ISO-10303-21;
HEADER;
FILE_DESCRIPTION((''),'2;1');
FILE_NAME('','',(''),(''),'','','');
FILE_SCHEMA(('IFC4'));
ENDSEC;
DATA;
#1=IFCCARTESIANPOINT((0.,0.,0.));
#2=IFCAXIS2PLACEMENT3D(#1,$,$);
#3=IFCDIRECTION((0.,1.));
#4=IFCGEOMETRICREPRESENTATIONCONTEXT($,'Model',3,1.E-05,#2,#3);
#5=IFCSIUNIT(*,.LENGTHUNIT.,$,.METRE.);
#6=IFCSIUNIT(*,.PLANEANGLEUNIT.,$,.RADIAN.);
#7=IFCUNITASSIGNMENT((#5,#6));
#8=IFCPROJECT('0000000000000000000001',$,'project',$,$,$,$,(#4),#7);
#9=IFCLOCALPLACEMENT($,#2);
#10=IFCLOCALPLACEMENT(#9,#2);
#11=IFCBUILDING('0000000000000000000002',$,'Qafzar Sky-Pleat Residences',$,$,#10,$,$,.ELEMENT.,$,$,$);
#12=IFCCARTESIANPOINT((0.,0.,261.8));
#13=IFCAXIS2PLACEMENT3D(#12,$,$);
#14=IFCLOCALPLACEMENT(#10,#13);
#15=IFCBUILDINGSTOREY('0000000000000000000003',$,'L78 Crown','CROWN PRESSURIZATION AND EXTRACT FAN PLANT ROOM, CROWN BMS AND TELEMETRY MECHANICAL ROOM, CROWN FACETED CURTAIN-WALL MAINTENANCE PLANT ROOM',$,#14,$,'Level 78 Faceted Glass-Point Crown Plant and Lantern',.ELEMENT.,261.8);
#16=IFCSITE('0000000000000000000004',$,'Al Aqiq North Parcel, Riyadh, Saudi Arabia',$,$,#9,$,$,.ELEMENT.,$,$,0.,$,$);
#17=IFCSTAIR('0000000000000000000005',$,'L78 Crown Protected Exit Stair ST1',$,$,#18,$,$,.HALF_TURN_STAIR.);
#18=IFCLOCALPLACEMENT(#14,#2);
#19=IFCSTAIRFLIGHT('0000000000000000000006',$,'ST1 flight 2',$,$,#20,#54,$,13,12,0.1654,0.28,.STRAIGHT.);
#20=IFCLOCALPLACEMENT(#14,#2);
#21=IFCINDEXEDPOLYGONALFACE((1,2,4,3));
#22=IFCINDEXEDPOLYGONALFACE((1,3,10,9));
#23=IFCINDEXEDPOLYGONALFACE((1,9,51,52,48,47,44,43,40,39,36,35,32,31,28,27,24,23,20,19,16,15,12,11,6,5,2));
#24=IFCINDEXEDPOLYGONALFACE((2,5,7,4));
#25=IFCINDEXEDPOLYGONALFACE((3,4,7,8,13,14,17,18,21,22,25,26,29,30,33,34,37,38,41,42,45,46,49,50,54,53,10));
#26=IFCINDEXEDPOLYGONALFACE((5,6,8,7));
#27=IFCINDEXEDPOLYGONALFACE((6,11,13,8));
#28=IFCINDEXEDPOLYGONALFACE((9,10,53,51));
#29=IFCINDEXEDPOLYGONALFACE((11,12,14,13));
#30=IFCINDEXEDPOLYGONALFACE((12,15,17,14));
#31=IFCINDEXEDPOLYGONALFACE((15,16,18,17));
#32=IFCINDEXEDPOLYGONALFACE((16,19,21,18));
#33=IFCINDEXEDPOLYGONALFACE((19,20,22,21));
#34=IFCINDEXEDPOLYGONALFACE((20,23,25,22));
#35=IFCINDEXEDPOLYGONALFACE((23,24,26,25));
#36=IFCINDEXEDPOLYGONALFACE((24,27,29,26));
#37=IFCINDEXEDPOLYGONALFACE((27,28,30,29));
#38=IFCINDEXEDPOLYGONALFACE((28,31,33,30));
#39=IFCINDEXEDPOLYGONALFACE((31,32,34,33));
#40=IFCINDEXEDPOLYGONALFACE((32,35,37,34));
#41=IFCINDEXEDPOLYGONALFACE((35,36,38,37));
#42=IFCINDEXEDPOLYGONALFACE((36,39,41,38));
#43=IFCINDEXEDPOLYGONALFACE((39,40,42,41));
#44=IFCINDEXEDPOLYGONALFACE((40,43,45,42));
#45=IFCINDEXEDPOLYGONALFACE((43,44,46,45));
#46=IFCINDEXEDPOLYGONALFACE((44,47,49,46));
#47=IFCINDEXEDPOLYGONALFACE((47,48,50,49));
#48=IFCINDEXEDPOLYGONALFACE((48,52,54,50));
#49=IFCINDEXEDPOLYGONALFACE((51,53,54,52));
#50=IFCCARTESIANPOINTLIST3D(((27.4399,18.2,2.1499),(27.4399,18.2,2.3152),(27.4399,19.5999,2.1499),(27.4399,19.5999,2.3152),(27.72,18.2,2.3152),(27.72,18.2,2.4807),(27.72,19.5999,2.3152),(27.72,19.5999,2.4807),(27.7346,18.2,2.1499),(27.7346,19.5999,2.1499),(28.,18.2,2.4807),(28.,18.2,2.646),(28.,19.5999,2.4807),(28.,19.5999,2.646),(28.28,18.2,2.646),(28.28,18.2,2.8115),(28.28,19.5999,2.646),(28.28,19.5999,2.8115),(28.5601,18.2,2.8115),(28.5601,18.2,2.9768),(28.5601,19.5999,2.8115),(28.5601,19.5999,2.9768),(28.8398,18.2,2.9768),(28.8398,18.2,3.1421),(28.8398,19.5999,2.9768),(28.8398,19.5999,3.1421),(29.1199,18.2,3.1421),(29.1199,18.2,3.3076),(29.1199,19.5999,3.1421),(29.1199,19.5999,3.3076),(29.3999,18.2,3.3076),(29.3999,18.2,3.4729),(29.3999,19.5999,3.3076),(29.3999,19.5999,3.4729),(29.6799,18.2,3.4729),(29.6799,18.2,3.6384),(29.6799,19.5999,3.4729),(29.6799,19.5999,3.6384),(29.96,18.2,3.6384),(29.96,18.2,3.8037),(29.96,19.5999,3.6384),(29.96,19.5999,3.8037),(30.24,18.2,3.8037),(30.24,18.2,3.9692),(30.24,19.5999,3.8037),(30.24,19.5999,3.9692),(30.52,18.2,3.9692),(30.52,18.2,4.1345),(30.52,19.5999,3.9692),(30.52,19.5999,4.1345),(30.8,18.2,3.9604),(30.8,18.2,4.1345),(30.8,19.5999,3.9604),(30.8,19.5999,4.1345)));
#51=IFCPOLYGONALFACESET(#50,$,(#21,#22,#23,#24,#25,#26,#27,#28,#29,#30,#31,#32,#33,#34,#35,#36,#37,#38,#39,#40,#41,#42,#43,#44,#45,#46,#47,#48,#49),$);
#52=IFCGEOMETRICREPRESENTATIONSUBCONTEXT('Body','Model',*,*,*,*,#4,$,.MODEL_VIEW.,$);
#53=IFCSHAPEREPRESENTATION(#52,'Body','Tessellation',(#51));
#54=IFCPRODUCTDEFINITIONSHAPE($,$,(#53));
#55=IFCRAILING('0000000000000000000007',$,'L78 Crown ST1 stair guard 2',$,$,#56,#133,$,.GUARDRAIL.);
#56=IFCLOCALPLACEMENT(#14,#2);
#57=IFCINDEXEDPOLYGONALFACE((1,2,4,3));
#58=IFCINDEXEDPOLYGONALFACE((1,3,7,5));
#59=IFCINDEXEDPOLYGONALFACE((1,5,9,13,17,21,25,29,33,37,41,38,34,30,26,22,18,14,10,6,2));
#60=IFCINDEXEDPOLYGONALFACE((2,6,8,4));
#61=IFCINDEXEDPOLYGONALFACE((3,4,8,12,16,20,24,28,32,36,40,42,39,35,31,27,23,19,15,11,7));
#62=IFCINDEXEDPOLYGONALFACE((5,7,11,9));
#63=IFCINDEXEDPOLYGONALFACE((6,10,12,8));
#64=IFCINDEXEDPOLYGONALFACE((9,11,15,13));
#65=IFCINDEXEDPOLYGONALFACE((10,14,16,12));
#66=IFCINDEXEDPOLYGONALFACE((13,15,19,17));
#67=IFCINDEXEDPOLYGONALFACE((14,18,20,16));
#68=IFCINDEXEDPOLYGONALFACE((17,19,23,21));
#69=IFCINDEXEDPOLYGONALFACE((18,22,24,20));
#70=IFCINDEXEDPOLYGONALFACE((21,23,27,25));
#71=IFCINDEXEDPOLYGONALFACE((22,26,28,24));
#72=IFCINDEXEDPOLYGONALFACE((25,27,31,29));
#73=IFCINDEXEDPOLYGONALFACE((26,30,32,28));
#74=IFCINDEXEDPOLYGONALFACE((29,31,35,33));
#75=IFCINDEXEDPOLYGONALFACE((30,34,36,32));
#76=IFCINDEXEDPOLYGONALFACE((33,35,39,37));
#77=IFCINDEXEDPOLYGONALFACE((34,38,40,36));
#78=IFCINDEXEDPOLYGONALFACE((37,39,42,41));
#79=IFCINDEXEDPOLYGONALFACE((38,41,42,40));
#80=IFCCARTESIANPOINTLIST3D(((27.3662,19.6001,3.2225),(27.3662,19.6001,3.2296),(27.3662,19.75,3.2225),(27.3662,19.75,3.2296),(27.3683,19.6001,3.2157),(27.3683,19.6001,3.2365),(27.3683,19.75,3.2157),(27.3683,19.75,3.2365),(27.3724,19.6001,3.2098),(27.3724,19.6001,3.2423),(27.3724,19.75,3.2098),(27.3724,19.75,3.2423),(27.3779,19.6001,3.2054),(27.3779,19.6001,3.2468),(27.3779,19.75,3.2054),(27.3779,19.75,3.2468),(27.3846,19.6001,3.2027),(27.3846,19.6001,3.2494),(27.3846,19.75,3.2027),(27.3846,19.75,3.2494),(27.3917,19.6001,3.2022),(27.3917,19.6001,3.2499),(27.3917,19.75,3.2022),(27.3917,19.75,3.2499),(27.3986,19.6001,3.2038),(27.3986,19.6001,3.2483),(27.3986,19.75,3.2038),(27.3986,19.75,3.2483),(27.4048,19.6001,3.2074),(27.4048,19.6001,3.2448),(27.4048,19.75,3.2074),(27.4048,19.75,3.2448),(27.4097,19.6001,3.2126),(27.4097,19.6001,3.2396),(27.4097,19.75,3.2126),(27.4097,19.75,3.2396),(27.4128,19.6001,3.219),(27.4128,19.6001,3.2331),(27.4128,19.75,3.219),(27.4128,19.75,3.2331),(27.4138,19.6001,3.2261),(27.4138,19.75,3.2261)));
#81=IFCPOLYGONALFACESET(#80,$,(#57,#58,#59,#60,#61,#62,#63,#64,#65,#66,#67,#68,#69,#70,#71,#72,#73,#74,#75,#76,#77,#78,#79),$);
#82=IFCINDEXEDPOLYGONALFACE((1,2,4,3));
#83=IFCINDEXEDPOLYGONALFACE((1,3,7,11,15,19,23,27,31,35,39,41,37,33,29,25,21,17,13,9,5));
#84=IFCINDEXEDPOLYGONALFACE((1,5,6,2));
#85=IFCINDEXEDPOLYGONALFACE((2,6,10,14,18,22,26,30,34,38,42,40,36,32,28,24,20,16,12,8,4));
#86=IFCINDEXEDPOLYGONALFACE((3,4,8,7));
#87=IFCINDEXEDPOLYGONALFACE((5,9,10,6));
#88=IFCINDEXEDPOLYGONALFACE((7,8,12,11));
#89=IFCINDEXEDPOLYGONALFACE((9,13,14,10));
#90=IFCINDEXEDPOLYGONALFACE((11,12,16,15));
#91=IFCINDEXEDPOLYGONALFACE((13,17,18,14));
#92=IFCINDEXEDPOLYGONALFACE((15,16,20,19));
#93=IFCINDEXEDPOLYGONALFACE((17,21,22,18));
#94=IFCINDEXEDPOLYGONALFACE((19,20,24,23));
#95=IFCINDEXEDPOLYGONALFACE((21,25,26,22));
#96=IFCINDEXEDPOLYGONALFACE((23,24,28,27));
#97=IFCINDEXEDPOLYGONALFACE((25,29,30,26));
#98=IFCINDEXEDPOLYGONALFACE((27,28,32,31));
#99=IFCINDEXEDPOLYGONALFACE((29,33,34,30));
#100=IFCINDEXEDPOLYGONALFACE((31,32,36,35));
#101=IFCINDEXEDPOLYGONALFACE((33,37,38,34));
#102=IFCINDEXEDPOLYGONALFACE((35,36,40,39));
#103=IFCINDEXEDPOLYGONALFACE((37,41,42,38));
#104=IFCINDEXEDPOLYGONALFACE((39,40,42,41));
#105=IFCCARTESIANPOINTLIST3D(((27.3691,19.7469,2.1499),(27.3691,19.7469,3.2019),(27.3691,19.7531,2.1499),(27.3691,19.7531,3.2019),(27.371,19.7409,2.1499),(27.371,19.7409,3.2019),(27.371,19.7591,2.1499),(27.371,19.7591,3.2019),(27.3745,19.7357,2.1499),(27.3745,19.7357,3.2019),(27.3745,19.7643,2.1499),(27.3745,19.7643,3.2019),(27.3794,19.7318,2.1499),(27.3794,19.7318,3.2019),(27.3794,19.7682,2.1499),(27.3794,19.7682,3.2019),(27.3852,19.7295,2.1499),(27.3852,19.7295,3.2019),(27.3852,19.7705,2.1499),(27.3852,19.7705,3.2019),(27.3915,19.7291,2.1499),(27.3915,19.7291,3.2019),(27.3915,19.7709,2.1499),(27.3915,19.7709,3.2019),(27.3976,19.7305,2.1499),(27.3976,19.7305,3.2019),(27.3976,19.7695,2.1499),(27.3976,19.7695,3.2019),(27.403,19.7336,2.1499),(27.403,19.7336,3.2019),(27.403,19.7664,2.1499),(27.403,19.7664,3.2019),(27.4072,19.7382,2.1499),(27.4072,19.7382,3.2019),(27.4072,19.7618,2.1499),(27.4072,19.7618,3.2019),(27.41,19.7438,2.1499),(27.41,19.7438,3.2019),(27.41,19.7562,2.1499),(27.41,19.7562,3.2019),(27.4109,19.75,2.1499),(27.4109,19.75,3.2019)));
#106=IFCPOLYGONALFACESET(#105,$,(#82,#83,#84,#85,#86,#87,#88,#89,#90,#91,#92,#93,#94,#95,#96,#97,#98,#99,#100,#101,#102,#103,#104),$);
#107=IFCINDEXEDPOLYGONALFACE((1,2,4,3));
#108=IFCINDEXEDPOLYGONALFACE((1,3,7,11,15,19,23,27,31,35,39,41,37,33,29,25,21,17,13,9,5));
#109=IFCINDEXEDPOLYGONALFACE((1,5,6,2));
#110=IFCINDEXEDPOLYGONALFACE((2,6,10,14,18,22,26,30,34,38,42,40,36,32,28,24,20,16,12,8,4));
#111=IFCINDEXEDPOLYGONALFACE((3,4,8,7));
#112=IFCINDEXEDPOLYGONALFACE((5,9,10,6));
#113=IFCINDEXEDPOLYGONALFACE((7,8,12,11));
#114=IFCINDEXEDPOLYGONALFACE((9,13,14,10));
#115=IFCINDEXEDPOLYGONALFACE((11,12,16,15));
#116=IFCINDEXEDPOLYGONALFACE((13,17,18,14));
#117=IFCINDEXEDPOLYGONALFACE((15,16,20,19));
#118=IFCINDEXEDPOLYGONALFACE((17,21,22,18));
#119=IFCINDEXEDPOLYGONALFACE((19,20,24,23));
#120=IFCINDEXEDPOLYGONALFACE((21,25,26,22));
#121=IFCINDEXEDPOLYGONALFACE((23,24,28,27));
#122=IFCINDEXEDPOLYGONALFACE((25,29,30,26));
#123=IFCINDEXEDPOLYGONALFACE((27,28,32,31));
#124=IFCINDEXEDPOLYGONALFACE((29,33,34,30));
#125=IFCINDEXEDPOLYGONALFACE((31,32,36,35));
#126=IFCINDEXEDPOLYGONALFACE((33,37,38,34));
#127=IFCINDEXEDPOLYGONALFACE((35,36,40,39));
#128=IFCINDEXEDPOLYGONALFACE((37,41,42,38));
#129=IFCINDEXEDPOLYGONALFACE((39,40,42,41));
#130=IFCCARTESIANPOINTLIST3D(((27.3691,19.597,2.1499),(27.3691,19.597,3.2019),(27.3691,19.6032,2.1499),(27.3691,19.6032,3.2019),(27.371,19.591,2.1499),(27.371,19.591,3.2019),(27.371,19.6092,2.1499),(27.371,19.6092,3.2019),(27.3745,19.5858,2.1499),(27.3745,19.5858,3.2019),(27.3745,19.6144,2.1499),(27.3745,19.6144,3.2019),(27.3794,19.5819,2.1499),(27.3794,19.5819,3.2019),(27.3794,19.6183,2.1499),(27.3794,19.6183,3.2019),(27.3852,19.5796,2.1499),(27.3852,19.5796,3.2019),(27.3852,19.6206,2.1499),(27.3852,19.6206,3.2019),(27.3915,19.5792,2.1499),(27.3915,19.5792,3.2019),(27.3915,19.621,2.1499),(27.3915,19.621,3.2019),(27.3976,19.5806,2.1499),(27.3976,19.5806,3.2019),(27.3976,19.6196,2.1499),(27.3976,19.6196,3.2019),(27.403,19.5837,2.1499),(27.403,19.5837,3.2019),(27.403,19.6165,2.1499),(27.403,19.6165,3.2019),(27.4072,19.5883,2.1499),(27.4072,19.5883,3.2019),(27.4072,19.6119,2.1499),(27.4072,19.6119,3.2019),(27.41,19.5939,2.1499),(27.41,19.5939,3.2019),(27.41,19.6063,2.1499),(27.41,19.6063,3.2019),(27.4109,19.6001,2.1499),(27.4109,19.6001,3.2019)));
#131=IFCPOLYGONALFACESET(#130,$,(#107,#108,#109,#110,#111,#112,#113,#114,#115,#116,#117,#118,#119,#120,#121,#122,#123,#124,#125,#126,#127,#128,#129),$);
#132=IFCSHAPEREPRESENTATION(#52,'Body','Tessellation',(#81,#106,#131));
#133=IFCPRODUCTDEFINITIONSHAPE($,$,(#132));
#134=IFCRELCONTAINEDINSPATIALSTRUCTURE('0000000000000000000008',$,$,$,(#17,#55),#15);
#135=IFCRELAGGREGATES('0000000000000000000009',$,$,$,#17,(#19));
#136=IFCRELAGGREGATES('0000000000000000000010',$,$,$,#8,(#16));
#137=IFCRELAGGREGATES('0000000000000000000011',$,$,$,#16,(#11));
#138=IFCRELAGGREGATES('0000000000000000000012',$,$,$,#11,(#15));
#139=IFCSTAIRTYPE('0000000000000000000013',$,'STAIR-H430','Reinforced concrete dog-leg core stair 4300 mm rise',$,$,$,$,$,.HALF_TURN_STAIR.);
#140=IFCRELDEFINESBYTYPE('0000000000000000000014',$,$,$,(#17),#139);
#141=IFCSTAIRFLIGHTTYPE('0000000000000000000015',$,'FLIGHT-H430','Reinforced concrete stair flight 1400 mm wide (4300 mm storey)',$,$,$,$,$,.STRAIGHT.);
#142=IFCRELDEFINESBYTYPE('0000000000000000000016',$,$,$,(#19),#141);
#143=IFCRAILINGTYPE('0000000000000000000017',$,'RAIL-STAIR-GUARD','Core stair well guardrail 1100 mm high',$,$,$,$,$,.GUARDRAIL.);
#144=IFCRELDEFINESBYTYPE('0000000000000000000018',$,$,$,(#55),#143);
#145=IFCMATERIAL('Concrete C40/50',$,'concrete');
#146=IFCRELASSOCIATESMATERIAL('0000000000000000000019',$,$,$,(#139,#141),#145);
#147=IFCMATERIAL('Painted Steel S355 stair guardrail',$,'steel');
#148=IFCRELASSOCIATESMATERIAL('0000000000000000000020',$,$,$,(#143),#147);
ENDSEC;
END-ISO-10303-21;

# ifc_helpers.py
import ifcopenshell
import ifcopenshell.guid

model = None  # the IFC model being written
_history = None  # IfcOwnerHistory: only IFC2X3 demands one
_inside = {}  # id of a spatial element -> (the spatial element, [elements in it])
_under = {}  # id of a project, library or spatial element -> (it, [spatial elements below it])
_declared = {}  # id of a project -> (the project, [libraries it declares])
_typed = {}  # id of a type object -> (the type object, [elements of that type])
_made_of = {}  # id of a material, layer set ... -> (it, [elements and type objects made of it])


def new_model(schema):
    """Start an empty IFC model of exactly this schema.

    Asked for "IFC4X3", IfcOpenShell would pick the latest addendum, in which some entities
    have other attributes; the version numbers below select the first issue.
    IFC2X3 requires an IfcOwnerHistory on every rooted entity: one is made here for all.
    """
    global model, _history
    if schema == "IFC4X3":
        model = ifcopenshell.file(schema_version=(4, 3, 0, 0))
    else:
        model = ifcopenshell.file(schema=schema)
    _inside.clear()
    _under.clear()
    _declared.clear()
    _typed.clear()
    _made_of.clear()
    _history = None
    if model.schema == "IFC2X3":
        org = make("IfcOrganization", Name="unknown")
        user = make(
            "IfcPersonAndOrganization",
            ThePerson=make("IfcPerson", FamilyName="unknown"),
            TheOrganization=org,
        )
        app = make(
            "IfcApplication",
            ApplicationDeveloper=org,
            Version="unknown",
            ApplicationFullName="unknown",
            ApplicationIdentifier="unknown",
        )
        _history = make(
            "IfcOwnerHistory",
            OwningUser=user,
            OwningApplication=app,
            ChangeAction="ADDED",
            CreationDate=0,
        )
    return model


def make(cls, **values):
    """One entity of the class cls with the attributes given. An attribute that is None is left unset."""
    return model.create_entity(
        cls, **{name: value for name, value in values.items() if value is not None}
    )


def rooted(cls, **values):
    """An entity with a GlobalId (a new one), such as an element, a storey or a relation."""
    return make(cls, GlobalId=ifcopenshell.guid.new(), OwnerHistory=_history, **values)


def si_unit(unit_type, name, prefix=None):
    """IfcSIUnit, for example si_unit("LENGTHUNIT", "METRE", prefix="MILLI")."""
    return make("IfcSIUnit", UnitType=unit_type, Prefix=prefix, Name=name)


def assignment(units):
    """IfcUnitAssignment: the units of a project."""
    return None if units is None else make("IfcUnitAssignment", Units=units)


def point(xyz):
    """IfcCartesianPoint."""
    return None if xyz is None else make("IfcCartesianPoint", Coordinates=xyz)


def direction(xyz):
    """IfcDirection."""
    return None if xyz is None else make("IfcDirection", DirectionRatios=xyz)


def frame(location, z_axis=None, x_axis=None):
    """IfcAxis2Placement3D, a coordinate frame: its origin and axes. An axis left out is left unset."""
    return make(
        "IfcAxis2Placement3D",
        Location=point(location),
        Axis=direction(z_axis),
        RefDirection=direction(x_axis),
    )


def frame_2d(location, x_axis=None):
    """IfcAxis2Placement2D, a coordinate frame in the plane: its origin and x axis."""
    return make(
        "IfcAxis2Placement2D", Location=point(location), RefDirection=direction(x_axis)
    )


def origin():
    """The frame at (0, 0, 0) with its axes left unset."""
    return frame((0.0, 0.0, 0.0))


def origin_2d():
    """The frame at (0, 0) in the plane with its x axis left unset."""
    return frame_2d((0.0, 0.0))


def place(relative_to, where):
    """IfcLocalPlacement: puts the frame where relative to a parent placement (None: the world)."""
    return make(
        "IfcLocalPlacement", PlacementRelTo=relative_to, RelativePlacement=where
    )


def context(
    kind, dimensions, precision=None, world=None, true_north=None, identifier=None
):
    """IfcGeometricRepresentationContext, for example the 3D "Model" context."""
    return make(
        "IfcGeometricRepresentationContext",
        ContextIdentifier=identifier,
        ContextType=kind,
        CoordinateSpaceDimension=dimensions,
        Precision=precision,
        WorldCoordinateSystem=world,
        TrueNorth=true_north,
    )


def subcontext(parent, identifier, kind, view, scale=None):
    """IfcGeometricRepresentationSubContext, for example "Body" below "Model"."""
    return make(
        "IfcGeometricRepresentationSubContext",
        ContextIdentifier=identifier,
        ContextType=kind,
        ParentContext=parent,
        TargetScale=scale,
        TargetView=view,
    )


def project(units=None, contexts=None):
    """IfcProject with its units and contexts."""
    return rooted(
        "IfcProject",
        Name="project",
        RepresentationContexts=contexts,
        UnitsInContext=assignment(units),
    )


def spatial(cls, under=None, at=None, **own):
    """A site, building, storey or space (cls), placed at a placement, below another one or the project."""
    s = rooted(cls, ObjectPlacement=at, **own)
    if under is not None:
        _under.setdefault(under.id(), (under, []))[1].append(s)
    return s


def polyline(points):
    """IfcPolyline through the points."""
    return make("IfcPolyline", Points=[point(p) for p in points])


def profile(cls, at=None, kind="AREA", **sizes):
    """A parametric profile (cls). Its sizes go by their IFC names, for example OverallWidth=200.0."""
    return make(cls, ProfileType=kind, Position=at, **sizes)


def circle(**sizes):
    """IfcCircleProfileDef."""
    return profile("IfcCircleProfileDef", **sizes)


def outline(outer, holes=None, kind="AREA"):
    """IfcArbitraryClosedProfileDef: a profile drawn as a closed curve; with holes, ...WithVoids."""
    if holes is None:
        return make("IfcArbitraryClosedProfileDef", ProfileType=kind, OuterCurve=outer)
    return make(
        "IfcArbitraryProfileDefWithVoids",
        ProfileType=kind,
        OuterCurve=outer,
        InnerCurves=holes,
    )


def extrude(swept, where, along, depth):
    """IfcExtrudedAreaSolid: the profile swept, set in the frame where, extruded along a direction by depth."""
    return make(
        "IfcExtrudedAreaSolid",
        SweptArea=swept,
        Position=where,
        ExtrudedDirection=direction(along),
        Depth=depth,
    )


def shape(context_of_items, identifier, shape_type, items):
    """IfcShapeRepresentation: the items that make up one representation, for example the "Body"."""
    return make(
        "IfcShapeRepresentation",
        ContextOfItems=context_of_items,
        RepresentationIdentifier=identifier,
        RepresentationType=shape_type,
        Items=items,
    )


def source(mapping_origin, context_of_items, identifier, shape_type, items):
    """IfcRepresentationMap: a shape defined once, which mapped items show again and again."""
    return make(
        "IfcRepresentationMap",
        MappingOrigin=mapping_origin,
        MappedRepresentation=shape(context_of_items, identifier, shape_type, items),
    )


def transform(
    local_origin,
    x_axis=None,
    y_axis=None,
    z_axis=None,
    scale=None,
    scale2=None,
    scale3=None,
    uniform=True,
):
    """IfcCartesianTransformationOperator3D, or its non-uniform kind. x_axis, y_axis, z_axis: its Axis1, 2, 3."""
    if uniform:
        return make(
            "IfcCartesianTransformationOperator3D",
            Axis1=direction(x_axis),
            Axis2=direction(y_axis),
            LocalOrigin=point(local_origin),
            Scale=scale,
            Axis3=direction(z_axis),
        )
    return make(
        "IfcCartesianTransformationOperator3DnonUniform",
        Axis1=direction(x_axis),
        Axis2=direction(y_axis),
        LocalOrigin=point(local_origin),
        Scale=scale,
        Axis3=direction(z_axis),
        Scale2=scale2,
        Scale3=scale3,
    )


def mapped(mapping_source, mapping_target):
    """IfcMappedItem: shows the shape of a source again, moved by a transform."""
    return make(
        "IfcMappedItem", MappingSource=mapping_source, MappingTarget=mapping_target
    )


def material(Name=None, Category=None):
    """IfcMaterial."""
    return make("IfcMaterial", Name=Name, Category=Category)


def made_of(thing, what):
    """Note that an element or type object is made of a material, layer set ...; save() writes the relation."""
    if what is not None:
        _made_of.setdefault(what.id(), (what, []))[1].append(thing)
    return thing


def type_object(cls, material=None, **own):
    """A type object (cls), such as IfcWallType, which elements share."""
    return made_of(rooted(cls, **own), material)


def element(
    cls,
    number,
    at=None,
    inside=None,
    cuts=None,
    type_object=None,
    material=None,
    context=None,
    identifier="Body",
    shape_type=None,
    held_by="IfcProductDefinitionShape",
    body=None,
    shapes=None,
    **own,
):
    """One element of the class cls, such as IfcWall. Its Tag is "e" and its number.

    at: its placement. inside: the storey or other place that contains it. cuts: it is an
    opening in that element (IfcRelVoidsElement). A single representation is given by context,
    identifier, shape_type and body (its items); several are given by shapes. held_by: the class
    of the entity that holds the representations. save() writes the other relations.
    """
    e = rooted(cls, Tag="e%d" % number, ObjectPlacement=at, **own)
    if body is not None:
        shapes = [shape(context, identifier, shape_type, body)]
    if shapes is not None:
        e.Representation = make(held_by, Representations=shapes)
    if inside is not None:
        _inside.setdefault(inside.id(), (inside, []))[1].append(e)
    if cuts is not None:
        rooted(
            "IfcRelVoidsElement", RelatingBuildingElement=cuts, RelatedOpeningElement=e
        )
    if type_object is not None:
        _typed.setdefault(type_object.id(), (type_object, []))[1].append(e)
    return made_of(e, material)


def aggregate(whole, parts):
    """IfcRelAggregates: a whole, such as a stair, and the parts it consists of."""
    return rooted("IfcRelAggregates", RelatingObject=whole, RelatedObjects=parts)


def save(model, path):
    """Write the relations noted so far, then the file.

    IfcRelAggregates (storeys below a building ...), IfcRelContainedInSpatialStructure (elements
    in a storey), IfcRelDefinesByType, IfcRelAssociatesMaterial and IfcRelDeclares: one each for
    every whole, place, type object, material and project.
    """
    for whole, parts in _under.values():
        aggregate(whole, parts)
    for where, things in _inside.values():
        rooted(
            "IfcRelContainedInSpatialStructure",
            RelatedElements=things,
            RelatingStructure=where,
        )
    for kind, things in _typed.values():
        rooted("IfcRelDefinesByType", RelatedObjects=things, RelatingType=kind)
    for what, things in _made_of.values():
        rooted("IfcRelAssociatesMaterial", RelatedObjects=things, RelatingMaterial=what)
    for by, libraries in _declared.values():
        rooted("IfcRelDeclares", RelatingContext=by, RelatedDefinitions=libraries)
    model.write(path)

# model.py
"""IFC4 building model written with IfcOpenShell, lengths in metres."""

from ifc_helpers import new_model, si_unit, direction, frame, origin, origin_2d, place, context, subcontext, project, spatial, polyline, circle, outline, extrude, source, transform, mapped, material, type_object, element, aggregate, save


model = new_model("IFC4")

# Units and contexts
model_context = context("Model", 3, precision=1e-05, world=origin(), true_north=direction((0.0, 1.0)))
body_context = subcontext(model_context, "Body", "Model", "MODEL_VIEW")
ifc_project = project(units=[si_unit("LENGTHUNIT", "METRE"), si_unit("PLANEANGLEUNIT", "RADIAN")], contexts=[model_context])

# Site, building, storey
site_placement = place(None, origin())
site = spatial("IfcSite", under=ifc_project, at=site_placement, Name="Al Aqiq North Parcel, Riyadh, Saudi Arabia", CompositionType="ELEMENT", RefElevation=0.0)
building_placement = place(site_placement, origin())
building = spatial("IfcBuilding", under=site, at=building_placement, Name="Qafzar Sky-Pleat Residences", CompositionType="ELEMENT")
storey_placement = place(building_placement, frame((0.0, 0.0, 261.8)))
storey = spatial("IfcBuildingStorey", under=building, at=storey_placement, Name="L78 Crown", Description="CROWN PRESSURIZATION AND EXTRACT FAN PLANT ROOM, CROWN BMS AND TELEMETRY MECHANICAL ROOM, CROWN FACETED CURTAIN-WALL MAINTENANCE PLANT ROOM", LongName="Level 78 Faceted Glass-Point Crown Plant and Lantern", CompositionType="ELEMENT", Elevation=261.8)

# Stair, stair flight
ifc_material_1 = material(Name="Concrete C40/50", Category="concrete")
stair_type = type_object("IfcStairType", Name="STAIR-H430", Description="Reinforced concrete dog-leg core stair 4300 mm rise", PredefinedType="HALF_TURN_STAIR", material=ifc_material_1)
stair_placement = place(storey_placement, origin())
stair = element("IfcStair", 1, at=stair_placement, inside=storey, type_object=stair_type, Name="L78 Crown Protected Exit Stair ST1", PredefinedType="HALF_TURN_STAIR")
stair_flight_type = type_object("IfcStairFlightType", Name="FLIGHT-H430", Description="Reinforced concrete stair flight 1400 mm wide (4300 mm storey)", PredefinedType="STRAIGHT", material=ifc_material_1)
shared_shape_1 = source(origin(), body_context, "Body", "SweptSolid", [
    extrude(outline(polyline([(0.0, 0.0), (0.0, 0.1653), (0.28, 0.1653), (0.28, 0.3308), (0.5601, 0.3308), (0.5601, 0.4961), (0.8401, 0.4961), (0.8401, 0.6616), (1.1201, 0.6616), (1.1201, 0.8269), (1.3999, 0.8269), (1.3999, 0.9922), (1.6799, 0.9922), (1.6799, 1.1577), (1.96, 1.1577), (1.96, 1.323), (2.24, 1.323), (2.24, 1.4885), (2.52, 1.4885), (2.52, 1.6538), (2.8, 1.6538), (2.8, 1.8193), (3.0801, 1.8193), (3.0801, 1.9846), (3.3601, 1.9846), (3.3601, 2.1499), (3.3601, 1.8105), (0.2947, 0.0), (0.0, 0.0)])), frame((0.0, 0.7, 0.0), z_axis=(0.0, -1.0, 0.0), x_axis=(1.0, 0.0, 0.0)), (0.0, 0.0, 1.0), 1.3999),
])
stair_flight_placement = place(storey_placement, frame((27.4399, 18.8999, 2.1499), z_axis=(0.0, 0.0, 1.0), x_axis=(1.0, 0.0, 0.0)))
stair_flight = element("IfcStairFlight", 2, at=stair_flight_placement, type_object=stair_flight_type, Name="ST1 flight 2", NumberOfRisers=13, NumberOfTreads=12, PredefinedType="STRAIGHT", RiserHeight=0.1654, TreadLength=0.28, context=body_context, shape_type="MappedRepresentation", body=[
    mapped(shared_shape_1, transform((0.0, 0.0, 0.0), x_axis=(1.0, 0.0, 0.0), y_axis=(0.0, 1.0, 0.0), z_axis=(0.0, 0.0, 1.0), scale=1.0)),
])
aggregate(stair, [stair_flight])

# Railing
ifc_material_2 = material(Name="Painted Steel S355 stair guardrail", Category="steel")
railing_type_1 = type_object("IfcRailingType", Name="RAIL-STAIR-GUARD", Description="Core stair well guardrail 1100 mm high", PredefinedType="GUARDRAIL", material=ifc_material_2)
shared_shape_2 = source(origin(), body_context, "Body", "SweptSolid", [
    extrude(circle(Radius=0.0239, at=origin_2d()), frame((0.0, 0.0, 1.0762), z_axis=(0.0, -1.0, 0.0), x_axis=(1.0, 0.0, 0.0)), (0.0, 0.0, 1.0), 0.1499),
    extrude(circle(Radius=0.021, at=origin_2d()), origin(), (0.0, 0.0, 1.0), 1.052),
    extrude(circle(Radius=0.021, at=origin_2d()), frame((0.0, -0.1499, 0.0)), (0.0, 0.0, 1.0), 1.052),
])
railing_1_placement = place(storey_placement, frame((27.3899, 19.75, 2.1499)))
element("IfcRailing", 3, at=railing_1_placement, inside=storey, type_object=railing_type_1, Name="L78 Crown ST1 stair guard 2", PredefinedType="GUARDRAIL", context=body_context, shape_type="MappedRepresentation", body=[
    mapped(shared_shape_2, transform((0.0, 0.0, 0.0), x_axis=(1.0, 0.0, 0.0), y_axis=(0.0, 1.0, 0.0), z_axis=(0.0, 0.0, 1.0), scale=1.0)),
])

save(model, "model.ifc")
